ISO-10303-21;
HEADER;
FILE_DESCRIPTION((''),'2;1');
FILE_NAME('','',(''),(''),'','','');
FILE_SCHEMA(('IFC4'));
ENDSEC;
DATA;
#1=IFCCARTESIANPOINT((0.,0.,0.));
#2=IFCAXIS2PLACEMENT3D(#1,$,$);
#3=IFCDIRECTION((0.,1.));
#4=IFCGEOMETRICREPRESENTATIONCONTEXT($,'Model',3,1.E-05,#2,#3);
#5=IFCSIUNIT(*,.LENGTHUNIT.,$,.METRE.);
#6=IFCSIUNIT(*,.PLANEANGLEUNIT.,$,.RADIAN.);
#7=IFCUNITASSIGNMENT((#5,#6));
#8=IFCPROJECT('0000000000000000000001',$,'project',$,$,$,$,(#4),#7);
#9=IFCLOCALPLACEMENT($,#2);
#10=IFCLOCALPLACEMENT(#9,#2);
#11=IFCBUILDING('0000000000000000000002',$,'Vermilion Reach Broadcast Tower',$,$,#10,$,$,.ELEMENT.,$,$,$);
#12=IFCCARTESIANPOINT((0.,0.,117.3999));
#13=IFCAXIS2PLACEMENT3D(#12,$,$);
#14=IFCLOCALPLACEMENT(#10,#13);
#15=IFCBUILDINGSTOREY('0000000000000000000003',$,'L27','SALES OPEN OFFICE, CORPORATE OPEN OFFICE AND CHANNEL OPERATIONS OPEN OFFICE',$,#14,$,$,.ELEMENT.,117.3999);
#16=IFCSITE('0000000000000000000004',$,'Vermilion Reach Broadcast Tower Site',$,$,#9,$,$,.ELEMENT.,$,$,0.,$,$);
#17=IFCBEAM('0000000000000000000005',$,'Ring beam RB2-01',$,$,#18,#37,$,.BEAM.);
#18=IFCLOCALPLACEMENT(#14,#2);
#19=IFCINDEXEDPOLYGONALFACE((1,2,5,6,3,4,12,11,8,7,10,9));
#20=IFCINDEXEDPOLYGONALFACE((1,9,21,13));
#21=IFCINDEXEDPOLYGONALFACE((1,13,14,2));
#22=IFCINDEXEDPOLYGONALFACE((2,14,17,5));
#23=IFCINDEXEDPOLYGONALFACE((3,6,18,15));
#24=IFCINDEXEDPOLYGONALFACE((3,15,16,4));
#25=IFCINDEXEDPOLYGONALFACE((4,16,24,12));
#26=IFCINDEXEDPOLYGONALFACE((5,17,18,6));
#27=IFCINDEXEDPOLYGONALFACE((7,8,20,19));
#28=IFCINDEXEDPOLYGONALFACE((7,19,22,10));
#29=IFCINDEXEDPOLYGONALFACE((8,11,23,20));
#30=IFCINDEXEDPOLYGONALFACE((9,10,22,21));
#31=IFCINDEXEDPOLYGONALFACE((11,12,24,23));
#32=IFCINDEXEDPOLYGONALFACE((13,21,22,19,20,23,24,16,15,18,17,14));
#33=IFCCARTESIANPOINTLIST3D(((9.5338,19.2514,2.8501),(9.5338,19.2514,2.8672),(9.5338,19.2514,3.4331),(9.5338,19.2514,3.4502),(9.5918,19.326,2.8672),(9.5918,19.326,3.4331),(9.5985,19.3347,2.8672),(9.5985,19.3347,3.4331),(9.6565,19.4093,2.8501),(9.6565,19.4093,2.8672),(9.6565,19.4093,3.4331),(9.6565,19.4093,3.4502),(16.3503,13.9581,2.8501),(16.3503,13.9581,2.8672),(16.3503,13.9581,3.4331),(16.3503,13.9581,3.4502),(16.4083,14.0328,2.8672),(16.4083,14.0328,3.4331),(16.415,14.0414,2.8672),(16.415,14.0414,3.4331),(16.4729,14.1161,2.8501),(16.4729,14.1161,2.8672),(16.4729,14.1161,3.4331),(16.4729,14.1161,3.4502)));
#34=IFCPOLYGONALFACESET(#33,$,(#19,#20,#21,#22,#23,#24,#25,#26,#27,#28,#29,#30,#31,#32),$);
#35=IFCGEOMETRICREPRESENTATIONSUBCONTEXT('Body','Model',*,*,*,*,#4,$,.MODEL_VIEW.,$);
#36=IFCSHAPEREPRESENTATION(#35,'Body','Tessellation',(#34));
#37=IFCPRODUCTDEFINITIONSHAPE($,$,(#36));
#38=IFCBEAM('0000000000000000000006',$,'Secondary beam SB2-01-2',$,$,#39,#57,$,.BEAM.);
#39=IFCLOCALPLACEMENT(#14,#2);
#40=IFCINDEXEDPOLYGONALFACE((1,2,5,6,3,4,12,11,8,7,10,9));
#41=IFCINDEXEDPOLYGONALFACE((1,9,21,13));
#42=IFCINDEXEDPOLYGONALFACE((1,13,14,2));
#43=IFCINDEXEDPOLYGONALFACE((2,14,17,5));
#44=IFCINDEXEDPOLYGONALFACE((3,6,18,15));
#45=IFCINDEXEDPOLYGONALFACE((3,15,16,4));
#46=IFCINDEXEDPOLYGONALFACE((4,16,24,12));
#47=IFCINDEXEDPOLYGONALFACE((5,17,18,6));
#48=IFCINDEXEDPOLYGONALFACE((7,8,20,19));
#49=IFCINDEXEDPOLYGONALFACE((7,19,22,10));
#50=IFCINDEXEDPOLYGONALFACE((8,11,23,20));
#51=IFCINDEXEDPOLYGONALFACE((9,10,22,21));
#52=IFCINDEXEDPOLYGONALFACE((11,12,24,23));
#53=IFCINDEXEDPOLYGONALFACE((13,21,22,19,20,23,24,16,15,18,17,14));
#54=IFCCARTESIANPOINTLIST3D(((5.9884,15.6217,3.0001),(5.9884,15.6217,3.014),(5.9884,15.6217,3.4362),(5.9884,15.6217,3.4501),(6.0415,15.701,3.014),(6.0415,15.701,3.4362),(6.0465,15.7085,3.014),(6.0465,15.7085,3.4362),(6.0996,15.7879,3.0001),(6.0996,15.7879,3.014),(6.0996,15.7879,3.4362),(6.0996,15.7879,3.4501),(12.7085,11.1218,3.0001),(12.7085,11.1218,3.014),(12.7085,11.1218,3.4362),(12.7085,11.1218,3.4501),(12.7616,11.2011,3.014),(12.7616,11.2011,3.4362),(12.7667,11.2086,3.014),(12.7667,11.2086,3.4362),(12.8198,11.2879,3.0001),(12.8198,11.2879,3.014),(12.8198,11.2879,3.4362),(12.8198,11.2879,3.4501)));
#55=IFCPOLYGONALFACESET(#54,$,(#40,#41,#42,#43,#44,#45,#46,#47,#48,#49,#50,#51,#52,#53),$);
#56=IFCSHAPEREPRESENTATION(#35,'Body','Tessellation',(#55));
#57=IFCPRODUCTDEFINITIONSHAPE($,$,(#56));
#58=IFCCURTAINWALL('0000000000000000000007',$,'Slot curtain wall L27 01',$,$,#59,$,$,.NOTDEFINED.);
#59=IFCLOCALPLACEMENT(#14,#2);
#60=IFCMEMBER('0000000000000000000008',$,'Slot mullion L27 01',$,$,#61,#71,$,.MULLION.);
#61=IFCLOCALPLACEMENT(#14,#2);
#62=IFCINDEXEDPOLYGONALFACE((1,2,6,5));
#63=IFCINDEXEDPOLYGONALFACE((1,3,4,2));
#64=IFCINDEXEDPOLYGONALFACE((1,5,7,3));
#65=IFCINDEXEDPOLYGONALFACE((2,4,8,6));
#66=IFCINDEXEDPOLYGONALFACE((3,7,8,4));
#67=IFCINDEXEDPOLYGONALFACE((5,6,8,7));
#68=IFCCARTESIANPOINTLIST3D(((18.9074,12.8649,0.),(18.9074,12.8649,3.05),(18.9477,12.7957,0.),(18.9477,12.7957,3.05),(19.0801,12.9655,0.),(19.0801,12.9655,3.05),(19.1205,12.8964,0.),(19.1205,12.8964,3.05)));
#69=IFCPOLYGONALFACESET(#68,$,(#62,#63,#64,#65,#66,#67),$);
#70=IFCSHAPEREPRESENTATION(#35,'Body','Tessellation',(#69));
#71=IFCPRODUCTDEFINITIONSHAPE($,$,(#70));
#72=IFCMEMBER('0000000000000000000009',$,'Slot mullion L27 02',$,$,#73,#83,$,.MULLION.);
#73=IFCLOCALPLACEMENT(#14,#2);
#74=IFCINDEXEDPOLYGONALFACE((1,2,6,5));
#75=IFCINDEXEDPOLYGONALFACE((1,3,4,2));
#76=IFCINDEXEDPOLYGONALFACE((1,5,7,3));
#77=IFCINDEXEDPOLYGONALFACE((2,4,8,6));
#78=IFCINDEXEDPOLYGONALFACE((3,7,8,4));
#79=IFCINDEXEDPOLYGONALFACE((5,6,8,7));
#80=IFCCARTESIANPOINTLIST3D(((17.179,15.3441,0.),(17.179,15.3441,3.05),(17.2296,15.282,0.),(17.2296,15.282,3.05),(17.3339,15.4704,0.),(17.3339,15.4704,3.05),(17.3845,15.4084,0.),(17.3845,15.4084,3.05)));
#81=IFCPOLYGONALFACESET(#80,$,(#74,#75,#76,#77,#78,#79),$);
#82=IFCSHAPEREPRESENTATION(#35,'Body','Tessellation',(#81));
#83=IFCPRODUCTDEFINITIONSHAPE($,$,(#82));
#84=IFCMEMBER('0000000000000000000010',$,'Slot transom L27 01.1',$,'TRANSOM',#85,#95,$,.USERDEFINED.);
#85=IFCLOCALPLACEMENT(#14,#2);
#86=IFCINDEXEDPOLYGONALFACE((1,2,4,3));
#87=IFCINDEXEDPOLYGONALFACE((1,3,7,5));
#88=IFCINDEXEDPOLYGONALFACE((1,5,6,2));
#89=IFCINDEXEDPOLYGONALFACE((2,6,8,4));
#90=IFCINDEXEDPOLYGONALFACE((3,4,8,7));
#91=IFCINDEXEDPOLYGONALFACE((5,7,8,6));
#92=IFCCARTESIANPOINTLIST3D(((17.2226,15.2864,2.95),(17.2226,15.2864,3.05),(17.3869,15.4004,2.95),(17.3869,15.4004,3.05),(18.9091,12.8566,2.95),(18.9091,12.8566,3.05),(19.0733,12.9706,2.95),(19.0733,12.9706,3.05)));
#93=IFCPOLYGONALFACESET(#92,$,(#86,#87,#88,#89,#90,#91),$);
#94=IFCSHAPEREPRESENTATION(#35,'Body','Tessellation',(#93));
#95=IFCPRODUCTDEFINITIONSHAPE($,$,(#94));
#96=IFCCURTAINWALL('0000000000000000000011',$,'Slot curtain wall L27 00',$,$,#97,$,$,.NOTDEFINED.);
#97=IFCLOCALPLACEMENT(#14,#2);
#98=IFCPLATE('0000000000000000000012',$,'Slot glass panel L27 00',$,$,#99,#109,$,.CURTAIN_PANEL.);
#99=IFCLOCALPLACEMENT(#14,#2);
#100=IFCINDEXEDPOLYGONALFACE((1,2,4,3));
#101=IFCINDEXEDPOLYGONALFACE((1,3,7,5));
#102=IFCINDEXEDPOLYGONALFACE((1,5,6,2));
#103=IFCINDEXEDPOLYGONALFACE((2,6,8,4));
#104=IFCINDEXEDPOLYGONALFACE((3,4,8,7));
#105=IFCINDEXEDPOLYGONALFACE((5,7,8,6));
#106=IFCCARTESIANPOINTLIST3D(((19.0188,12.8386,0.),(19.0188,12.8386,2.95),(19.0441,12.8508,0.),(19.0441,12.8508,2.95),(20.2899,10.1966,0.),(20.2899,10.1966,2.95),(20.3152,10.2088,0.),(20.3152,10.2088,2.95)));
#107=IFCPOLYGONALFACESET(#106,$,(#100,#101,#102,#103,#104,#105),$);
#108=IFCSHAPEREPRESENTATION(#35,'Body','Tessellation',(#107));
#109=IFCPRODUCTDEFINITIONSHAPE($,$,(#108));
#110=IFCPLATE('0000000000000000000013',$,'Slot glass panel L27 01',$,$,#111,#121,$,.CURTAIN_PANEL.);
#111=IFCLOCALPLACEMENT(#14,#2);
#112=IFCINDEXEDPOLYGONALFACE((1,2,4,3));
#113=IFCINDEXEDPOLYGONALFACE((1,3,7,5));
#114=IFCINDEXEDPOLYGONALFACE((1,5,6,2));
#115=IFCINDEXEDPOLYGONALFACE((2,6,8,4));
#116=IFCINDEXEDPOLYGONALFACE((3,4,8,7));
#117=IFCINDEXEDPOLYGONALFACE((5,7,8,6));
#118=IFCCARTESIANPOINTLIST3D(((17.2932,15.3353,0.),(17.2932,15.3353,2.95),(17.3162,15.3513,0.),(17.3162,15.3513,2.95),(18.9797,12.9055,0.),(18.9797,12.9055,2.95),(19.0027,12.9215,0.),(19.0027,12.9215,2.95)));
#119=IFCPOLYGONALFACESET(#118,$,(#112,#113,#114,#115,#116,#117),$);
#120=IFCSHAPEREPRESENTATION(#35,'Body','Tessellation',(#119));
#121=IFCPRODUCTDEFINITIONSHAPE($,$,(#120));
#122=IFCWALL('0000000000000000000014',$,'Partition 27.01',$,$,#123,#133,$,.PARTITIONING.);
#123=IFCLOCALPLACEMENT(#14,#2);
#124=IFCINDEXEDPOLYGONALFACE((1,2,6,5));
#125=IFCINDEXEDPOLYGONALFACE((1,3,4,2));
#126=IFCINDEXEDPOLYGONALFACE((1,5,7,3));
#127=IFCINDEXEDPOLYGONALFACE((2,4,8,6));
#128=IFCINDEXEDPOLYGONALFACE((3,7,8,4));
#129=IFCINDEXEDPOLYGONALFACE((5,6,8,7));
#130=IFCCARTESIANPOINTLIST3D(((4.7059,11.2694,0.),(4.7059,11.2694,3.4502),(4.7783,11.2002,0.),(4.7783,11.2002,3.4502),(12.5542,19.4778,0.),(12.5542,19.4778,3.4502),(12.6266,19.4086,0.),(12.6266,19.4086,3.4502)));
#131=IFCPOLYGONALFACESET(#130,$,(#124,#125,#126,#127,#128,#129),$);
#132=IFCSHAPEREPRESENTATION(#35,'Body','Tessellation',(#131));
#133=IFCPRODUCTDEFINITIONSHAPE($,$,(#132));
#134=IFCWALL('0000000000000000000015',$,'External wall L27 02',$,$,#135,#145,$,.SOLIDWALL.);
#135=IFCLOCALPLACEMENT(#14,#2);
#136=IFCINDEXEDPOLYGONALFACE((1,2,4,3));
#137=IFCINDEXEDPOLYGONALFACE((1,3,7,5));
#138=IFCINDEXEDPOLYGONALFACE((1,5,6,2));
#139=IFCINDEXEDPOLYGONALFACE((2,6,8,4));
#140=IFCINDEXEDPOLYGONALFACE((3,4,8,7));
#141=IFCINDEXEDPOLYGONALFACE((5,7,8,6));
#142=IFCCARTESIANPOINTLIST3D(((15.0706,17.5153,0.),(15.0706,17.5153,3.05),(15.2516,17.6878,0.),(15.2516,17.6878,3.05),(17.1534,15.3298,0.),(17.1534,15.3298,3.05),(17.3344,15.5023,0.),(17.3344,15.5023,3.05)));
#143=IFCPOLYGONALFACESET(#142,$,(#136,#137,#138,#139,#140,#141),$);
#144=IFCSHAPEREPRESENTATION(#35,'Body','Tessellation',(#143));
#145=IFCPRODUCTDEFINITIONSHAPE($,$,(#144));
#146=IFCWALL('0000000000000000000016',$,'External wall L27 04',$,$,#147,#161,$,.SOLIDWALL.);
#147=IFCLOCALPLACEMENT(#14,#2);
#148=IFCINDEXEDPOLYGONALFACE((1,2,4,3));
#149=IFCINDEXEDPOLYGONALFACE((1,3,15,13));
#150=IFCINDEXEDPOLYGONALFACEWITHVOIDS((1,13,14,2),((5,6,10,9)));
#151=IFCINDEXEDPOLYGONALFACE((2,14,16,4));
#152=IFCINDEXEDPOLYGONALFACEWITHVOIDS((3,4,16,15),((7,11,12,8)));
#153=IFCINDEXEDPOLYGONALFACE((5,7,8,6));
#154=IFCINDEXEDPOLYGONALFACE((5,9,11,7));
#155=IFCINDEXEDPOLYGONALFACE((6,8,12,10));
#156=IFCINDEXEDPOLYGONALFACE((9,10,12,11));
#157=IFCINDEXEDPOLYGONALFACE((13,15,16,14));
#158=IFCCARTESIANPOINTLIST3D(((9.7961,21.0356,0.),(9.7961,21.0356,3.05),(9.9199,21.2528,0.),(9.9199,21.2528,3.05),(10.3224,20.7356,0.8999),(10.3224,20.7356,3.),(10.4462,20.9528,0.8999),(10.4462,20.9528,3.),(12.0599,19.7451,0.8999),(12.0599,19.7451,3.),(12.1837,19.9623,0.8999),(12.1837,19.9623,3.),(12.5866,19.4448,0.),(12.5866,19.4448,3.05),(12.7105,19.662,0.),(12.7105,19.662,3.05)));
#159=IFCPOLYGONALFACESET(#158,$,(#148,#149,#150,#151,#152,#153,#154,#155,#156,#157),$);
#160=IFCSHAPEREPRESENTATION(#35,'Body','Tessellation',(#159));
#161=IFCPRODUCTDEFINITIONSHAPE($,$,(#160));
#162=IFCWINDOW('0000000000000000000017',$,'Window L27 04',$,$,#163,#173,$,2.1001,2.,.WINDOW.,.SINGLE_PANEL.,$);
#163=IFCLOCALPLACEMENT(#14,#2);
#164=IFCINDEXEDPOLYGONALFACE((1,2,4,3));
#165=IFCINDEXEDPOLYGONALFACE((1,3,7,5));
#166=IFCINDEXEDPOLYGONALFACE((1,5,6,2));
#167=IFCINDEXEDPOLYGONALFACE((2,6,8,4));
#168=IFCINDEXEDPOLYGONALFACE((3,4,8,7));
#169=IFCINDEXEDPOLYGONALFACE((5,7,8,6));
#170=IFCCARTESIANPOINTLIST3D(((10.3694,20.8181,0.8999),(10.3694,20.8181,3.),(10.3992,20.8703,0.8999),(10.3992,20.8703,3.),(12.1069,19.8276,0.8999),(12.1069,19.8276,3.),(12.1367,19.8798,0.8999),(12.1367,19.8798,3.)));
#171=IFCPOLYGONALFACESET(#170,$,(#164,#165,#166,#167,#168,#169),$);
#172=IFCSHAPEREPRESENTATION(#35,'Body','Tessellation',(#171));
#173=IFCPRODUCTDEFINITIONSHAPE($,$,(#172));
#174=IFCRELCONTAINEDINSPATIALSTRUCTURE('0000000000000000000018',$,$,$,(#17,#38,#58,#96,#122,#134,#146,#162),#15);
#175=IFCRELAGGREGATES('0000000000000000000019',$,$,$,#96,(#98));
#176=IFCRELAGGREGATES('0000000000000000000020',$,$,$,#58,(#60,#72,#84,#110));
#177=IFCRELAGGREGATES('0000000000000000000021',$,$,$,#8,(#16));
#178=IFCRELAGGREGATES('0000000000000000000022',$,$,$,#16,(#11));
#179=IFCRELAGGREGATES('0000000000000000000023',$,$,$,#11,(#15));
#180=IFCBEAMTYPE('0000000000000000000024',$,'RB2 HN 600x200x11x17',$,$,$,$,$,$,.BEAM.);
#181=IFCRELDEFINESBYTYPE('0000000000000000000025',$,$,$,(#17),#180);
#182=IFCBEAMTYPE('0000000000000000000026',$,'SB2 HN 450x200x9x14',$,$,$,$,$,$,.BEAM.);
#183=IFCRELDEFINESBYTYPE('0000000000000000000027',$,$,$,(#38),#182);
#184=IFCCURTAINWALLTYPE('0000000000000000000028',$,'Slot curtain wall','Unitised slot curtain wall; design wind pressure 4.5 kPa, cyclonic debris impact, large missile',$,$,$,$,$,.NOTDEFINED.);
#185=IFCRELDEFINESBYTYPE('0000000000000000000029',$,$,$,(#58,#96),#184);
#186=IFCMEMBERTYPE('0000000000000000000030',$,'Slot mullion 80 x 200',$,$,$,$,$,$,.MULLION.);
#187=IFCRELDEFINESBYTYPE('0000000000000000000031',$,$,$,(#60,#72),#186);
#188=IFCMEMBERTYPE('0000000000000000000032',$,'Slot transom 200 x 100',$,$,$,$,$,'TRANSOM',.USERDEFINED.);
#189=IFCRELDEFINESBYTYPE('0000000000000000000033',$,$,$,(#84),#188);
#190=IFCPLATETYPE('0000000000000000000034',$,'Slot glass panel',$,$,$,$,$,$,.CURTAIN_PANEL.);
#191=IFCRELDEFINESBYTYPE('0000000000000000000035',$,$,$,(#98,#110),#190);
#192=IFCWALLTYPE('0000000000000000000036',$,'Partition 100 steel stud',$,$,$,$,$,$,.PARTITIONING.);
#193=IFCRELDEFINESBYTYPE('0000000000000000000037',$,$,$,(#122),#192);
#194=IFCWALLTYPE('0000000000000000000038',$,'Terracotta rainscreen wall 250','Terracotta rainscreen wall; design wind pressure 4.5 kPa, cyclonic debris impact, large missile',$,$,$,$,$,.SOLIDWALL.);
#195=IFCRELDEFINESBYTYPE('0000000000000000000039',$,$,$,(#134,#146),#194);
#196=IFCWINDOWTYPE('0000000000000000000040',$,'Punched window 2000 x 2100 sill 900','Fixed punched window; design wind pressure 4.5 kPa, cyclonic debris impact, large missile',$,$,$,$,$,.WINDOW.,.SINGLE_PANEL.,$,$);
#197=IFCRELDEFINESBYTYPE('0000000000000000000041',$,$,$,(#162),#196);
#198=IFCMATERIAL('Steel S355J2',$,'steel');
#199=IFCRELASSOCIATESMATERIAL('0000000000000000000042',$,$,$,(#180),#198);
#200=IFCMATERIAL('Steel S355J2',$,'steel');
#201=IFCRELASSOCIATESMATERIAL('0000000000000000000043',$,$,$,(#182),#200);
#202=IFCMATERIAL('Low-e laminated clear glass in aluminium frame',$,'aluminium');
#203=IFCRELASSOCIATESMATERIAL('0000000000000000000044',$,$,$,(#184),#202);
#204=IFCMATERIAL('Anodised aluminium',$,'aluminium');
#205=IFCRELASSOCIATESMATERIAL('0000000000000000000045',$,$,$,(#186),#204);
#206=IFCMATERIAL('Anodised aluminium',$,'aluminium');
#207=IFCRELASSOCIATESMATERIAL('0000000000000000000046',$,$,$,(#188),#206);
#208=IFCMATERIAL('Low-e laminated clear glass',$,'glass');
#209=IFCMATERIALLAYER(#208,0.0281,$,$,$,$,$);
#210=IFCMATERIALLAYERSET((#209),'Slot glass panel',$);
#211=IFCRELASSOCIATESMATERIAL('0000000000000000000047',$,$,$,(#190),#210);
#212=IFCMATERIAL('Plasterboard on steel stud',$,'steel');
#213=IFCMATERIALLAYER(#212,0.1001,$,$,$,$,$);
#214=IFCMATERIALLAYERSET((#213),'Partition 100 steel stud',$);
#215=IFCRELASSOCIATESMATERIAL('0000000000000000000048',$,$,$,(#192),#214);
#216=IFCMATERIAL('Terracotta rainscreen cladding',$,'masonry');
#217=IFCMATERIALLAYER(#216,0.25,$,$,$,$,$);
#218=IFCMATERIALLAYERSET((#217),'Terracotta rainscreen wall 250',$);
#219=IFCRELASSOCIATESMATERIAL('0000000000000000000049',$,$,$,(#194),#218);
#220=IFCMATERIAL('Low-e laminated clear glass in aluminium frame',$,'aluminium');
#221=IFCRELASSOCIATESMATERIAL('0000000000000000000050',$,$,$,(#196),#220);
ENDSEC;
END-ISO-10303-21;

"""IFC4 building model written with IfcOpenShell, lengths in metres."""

from ifc_helpers import new_model, si_unit, direction, frame, frame_2d, origin, origin_2d, place, context, subcontext, project, spatial, rectangle, i_section, extrude, material, layer, layer_set, material_profile, profile_set, type_object, element, fill, aggregate, save


model = new_model("IFC4")

# Units and contexts
model_context = context("Model", 3, precision=1e-05, world=origin(), true_north=direction((0.0, 1.0)))
body_context = subcontext(model_context, "Body", "Model", "MODEL_VIEW")
ifc_project = project(units=[si_unit("LENGTHUNIT", "METRE"), si_unit("PLANEANGLEUNIT", "RADIAN")], contexts=[model_context])

# Site, building, storey
site_placement = place(None, origin())
site = spatial("IfcSite", under=ifc_project, at=site_placement, Name="Vermilion Reach Broadcast Tower Site", CompositionType="ELEMENT", RefElevation=0.0)
building_placement = place(site_placement, origin())
building = spatial("IfcBuilding", under=site, at=building_placement, Name="Vermilion Reach Broadcast Tower", CompositionType="ELEMENT")
storey_placement = place(building_placement, frame((0.0, 0.0, 117.3999)))
storey = spatial("IfcBuildingStorey", under=building, at=storey_placement, Name="L27", Description="SALES OPEN OFFICE, CORPORATE OPEN OFFICE AND CHANNEL OPERATIONS OPEN OFFICE", CompositionType="ELEMENT", Elevation=117.3999)

# Beams
ifc_material_1 = material(Name="Steel S355J2", Category="steel")
ifc_material_profile_1 = material_profile(ifc_material_1, i_section(OverallWidth=0.2, OverallDepth=0.6001, WebThickness=0.011, FlangeThickness=0.0171, at=origin_2d()), Name="S355J2 HN 600x200x11x17")
ifc_profile_set_1 = profile_set([ifc_material_profile_1], Name="Steel S355J2")
beam_type_1 = type_object("IfcBeamType", Name="RB2 HN 600x200x11x17", PredefinedType="BEAM", material=ifc_profile_set_1)
beam_1_placement = place(storey_placement, frame((16.4116, 14.0371, 3.1501), z_axis=(-0.789826, 0.613331, 0.0), x_axis=(-0.613331, -0.789826, 0.0)))
element("IfcBeam", 1, at=beam_1_placement, inside=storey, type_object=beam_type_1, Name="Ring beam RB2-01", PredefinedType="BEAM", context=body_context, shape_type="SweptSolid", body=[
    extrude(i_section(OverallWidth=0.2, OverallDepth=0.6001, WebThickness=0.011, FlangeThickness=0.0171, at=origin_2d()), origin(), (0.0, 0.0, 1.0), 8.6304),
])
ifc_material_2 = material(Name="Steel S355J2", Category="steel")
ifc_material_profile_2 = material_profile(ifc_material_2, i_section(OverallWidth=0.2, OverallDepth=0.45, WebThickness=0.009, FlangeThickness=0.0139, at=origin_2d()), Name="S355J2 HN 450x200x9x14")
ifc_profile_set_2 = profile_set([ifc_material_profile_2], Name="Steel S355J2")
beam_type_2 = type_object("IfcBeamType", Name="SB2 HN 450x200x9x14", PredefinedType="BEAM", material=ifc_profile_set_2)
beam_2_placement = place(storey_placement, frame((12.7642, 11.2048, 3.2251), z_axis=(-0.830915, 0.556399, 0.0), x_axis=(-0.556399, -0.830915, 0.0)))
element("IfcBeam", 2, at=beam_2_placement, inside=storey, type_object=beam_type_2, Name="Secondary beam SB2-01-2", PredefinedType="BEAM", context=body_context, shape_type="SweptSolid", body=[
    extrude(i_section(OverallWidth=0.2, OverallDepth=0.45, WebThickness=0.009, FlangeThickness=0.0139, at=origin_2d()), origin(), (0.0, 0.0, 1.0), 8.0876),
])

# Curtain wall, members
ifc_material_3 = material(Name="Low-e laminated clear glass in aluminium frame", Category="aluminium")
curtain_wall_type = type_object("IfcCurtainWallType", Name="Slot curtain wall", Description="Unitised slot curtain wall; design wind pressure 4.5 kPa, cyclonic debris impact, large missile", PredefinedType="NOTDEFINED", material=ifc_material_3)
placement = place(storey_placement, origin())
curtain_wall_1 = element("IfcCurtainWall", 3, at=placement, inside=storey, type_object=curtain_wall_type, Name="Slot curtain wall L27 01", PredefinedType="NOTDEFINED")
ifc_material_4 = material(Name="Anodised aluminium", Category="aluminium")
ifc_material_profile_3 = material_profile(ifc_material_4, rectangle(XDim=0.2, YDim=0.0801, at=origin_2d()), Name="Slot mullion 80 x 200")
ifc_profile_set_3 = profile_set([ifc_material_profile_3], Name="Anodised aluminium")
member_type_1 = type_object("IfcMemberType", Name="Slot mullion 80 x 200", PredefinedType="MULLION", material=ifc_profile_set_3)
member_1_placement = place(storey_placement, frame((19.0139, 12.8806, 0.0), z_axis=(0.0, 0.0, 1.0), x_axis=(-0.864021, -0.503455, 0.0)))
member_1 = element("IfcMember", 4, at=member_1_placement, type_object=member_type_1, Name="Slot mullion L27 01", PredefinedType="MULLION", context=body_context, shape_type="SweptSolid", body=[
    extrude(rectangle(XDim=0.2, YDim=0.0801, at=origin_2d()), origin(), (0.0, 0.0, 1.0), 3.05),
])
member_2_placement = place(storey_placement, frame((17.2817, 15.3762, 0.0), z_axis=(0.0, 0.0, 1.0), x_axis=(-0.775017, -0.63194, 0.0)))
member_2 = element("IfcMember", 5, at=member_2_placement, type_object=member_type_1, Name="Slot mullion L27 02", PredefinedType="MULLION", context=body_context, shape_type="SweptSolid", body=[
    extrude(rectangle(XDim=0.2, YDim=0.0801, at=origin_2d()), origin(), (0.0, 0.0, 1.0), 3.05),
])
ifc_material_5 = material(Name="Anodised aluminium", Category="aluminium")
ifc_material_profile_4 = material_profile(ifc_material_5, rectangle(XDim=0.2, YDim=0.1001, at=origin_2d()), Name="Slot transom 200 x 100")
ifc_profile_set_4 = profile_set([ifc_material_profile_4], Name="Anodised aluminium")
member_type_2 = type_object("IfcMemberType", Name="Slot transom 200 x 100", ElementType="TRANSOM", PredefinedType="USERDEFINED", material=ifc_profile_set_4)
member_3_placement = place(storey_placement, frame((18.9912, 12.9136, 3.0), z_axis=(-0.570184, 0.821517, 0.0), x_axis=(-0.821517, -0.570184, 0.0)))
member_3 = element("IfcMember", 6, at=member_3_placement, type_object=member_type_2, Name="Slot transom L27 01.1", ObjectType="TRANSOM", PredefinedType="USERDEFINED", context=body_context, shape_type="SweptSolid", body=[
    extrude(rectangle(XDim=0.2, YDim=0.1001, at=origin_2d()), origin(), (0.0, 0.0, 1.0), 2.9578),
])

# Curtain wall, plate
curtain_wall_2 = element("IfcCurtainWall", 7, at=placement, inside=storey, type_object=curtain_wall_type, Name="Slot curtain wall L27 00", PredefinedType="NOTDEFINED")
ifc_material_6 = material(Name="Low-e laminated clear glass", Category="glass")
ifc_layer_1 = layer(ifc_material_6, 0.0281)
ifc_layer_set_1 = layer_set([ifc_layer_1], Name="Slot glass panel")
plate_type = type_object("IfcPlateType", Name="Slot glass panel", PredefinedType="CURTAIN_PANEL", material=ifc_layer_set_1)
plate_1_placement = place(storey_placement, frame((19.667, 11.5237, 0.0), z_axis=(0.0, 0.0, 1.0), x_axis=(-0.433553, 0.901128, 0.0)))
plate_1 = element("IfcPlate", 8, at=plate_1_placement, type_object=plate_type, Name="Slot glass panel L27 00", PredefinedType="CURTAIN_PANEL", context=body_context, shape_type="SweptSolid", body=[
    extrude(rectangle(XDim=2.9319, YDim=0.0281, at=origin_2d()), origin(), (0.0, 0.0, 1.0), 2.95),
])
aggregate(curtain_wall_2, [plate_1])

# Plate
plate_2_placement = place(storey_placement, frame((18.1479, 14.1284, 0.0), z_axis=(0.0, 0.0, 1.0), x_axis=(-0.570205, 0.821502, 0.0)))
plate_2 = element("IfcPlate", 9, at=plate_2_placement, type_object=plate_type, Name="Slot glass panel L27 01", PredefinedType="CURTAIN_PANEL", context=body_context, shape_type="SweptSolid", body=[
    extrude(rectangle(XDim=2.9578, YDim=0.0281, at=origin_2d()), origin(), (0.0, 0.0, 1.0), 2.95),
])
aggregate(curtain_wall_1, [member_1, member_2, member_3, plate_2])

# Walls
ifc_material_7 = material(Name="Plasterboard on steel stud", Category="steel")
ifc_layer_2 = layer(ifc_material_7, 0.1001)
ifc_layer_set_2 = layer_set([ifc_layer_2], Name="Partition 100 steel stud")
wall_type_1 = type_object("IfcWallType", Name="Partition 100 steel stud", PredefinedType="PARTITIONING", material=ifc_layer_set_2)
wall_1_placement = place(storey_placement, frame((12.5903, 19.4431, 0.0), z_axis=(0.0, 0.0, 1.0), x_axis=(-0.691075, -0.722783, 0.0)))
element("IfcWall", 10, at=wall_1_placement, inside=storey, type_object=wall_type_1, Name="Partition 27.01", PredefinedType="PARTITIONING", context=body_context, shape_type="SweptSolid", body=[
    extrude(rectangle(XDim=11.3567, YDim=0.1001, at=frame_2d((5.6782, 0.0))), origin(), (0.0, 0.0, 1.0), 3.4502),
])
ifc_material_8 = material(Name="Terracotta rainscreen cladding", Category="masonry")
ifc_layer_3 = layer(ifc_material_8, 0.25)
ifc_layer_set_3 = layer_set([ifc_layer_3], Name="Terracotta rainscreen wall 250")
wall_type_2 = type_object("IfcWallType", Name="Terracotta rainscreen wall 250", Description="Terracotta rainscreen wall; design wind pressure 4.5 kPa, cyclonic debris impact, large missile", PredefinedType="SOLIDWALL", material=ifc_layer_set_3)
wall_2_placement = place(storey_placement, frame((17.2439, 15.416, 0.0), z_axis=(0.0, 0.0, 1.0), x_axis=(-0.689879, 0.723924, 0.0)))
element("IfcWall", 11, at=wall_2_placement, inside=storey, type_object=wall_type_2, Name="External wall L27 02", PredefinedType="SOLIDWALL", context=body_context, shape_type="SweptSolid", body=[
    extrude(rectangle(XDim=3.019, YDim=0.25, at=frame_2d((1.5095, 0.0))), origin(), (0.0, 0.0, 1.0), 3.05),
])

# Wall, opening, window
wall_3_placement = place(storey_placement, frame((12.6484, 19.5535, 0.0), z_axis=(0.0, 0.0, 1.0), x_axis=(-0.868748, 0.495255, 0.0)))
wall_3 = element("IfcWall", 12, at=wall_3_placement, inside=storey, type_object=wall_type_2, Name="External wall L27 04", PredefinedType="SOLIDWALL", context=body_context, shape_type="SweptSolid", body=[
    extrude(rectangle(XDim=3.2122, YDim=0.25, at=frame_2d((1.606, 0.0))), origin(), (0.0, 0.0, 1.0), 3.05),
])
opening_1_placement = place(wall_3_placement, frame((0.6062, 0.0, 0.8999)))
opening_1 = element("IfcOpeningElement", 13, at=opening_1_placement, cuts=wall_3, PredefinedType="OPENING", context=body_context, shape_type="SweptSolid", body=[
    extrude(rectangle(XDim=2.0, YDim=2.1001, at=frame_2d((1.0, 1.05))), frame((0.0, 0.135, 0.0), z_axis=(0.0, -1.0, 0.0), x_axis=(1.0, 0.0, 0.0)), (0.0, 0.0, 1.0), 0.27),
])
ifc_material_9 = material(Name="Low-e laminated clear glass in aluminium frame", Category="aluminium")
window_type = type_object("IfcWindowType", Name="Punched window 2000 x 2100 sill 900", Description="Fixed punched window; design wind pressure 4.5 kPa, cyclonic debris impact, large missile", PartitioningType="SINGLE_PANEL", PredefinedType="WINDOW", material=ifc_material_9)
window_1_placement = place(opening_1_placement, origin())
window_1 = element("IfcWindow", 14, at=window_1_placement, inside=storey, type_object=window_type, Name="Window L27 04", OverallHeight=2.1001, OverallWidth=2.0, PartitioningType="SINGLE_PANEL", PredefinedType="WINDOW", context=body_context, shape_type="SweptSolid", body=[
    extrude(rectangle(XDim=2.0, YDim=2.1001, at=frame_2d((1.0, 1.05))), frame((0.0, 0.03, 0.0), z_axis=(0.0, -1.0, 0.0), x_axis=(1.0, 0.0, 0.0)), (0.0, 0.0, 1.0), 0.0601),
])
fill(opening_1, window_1)

save(model, "model.ifc")
